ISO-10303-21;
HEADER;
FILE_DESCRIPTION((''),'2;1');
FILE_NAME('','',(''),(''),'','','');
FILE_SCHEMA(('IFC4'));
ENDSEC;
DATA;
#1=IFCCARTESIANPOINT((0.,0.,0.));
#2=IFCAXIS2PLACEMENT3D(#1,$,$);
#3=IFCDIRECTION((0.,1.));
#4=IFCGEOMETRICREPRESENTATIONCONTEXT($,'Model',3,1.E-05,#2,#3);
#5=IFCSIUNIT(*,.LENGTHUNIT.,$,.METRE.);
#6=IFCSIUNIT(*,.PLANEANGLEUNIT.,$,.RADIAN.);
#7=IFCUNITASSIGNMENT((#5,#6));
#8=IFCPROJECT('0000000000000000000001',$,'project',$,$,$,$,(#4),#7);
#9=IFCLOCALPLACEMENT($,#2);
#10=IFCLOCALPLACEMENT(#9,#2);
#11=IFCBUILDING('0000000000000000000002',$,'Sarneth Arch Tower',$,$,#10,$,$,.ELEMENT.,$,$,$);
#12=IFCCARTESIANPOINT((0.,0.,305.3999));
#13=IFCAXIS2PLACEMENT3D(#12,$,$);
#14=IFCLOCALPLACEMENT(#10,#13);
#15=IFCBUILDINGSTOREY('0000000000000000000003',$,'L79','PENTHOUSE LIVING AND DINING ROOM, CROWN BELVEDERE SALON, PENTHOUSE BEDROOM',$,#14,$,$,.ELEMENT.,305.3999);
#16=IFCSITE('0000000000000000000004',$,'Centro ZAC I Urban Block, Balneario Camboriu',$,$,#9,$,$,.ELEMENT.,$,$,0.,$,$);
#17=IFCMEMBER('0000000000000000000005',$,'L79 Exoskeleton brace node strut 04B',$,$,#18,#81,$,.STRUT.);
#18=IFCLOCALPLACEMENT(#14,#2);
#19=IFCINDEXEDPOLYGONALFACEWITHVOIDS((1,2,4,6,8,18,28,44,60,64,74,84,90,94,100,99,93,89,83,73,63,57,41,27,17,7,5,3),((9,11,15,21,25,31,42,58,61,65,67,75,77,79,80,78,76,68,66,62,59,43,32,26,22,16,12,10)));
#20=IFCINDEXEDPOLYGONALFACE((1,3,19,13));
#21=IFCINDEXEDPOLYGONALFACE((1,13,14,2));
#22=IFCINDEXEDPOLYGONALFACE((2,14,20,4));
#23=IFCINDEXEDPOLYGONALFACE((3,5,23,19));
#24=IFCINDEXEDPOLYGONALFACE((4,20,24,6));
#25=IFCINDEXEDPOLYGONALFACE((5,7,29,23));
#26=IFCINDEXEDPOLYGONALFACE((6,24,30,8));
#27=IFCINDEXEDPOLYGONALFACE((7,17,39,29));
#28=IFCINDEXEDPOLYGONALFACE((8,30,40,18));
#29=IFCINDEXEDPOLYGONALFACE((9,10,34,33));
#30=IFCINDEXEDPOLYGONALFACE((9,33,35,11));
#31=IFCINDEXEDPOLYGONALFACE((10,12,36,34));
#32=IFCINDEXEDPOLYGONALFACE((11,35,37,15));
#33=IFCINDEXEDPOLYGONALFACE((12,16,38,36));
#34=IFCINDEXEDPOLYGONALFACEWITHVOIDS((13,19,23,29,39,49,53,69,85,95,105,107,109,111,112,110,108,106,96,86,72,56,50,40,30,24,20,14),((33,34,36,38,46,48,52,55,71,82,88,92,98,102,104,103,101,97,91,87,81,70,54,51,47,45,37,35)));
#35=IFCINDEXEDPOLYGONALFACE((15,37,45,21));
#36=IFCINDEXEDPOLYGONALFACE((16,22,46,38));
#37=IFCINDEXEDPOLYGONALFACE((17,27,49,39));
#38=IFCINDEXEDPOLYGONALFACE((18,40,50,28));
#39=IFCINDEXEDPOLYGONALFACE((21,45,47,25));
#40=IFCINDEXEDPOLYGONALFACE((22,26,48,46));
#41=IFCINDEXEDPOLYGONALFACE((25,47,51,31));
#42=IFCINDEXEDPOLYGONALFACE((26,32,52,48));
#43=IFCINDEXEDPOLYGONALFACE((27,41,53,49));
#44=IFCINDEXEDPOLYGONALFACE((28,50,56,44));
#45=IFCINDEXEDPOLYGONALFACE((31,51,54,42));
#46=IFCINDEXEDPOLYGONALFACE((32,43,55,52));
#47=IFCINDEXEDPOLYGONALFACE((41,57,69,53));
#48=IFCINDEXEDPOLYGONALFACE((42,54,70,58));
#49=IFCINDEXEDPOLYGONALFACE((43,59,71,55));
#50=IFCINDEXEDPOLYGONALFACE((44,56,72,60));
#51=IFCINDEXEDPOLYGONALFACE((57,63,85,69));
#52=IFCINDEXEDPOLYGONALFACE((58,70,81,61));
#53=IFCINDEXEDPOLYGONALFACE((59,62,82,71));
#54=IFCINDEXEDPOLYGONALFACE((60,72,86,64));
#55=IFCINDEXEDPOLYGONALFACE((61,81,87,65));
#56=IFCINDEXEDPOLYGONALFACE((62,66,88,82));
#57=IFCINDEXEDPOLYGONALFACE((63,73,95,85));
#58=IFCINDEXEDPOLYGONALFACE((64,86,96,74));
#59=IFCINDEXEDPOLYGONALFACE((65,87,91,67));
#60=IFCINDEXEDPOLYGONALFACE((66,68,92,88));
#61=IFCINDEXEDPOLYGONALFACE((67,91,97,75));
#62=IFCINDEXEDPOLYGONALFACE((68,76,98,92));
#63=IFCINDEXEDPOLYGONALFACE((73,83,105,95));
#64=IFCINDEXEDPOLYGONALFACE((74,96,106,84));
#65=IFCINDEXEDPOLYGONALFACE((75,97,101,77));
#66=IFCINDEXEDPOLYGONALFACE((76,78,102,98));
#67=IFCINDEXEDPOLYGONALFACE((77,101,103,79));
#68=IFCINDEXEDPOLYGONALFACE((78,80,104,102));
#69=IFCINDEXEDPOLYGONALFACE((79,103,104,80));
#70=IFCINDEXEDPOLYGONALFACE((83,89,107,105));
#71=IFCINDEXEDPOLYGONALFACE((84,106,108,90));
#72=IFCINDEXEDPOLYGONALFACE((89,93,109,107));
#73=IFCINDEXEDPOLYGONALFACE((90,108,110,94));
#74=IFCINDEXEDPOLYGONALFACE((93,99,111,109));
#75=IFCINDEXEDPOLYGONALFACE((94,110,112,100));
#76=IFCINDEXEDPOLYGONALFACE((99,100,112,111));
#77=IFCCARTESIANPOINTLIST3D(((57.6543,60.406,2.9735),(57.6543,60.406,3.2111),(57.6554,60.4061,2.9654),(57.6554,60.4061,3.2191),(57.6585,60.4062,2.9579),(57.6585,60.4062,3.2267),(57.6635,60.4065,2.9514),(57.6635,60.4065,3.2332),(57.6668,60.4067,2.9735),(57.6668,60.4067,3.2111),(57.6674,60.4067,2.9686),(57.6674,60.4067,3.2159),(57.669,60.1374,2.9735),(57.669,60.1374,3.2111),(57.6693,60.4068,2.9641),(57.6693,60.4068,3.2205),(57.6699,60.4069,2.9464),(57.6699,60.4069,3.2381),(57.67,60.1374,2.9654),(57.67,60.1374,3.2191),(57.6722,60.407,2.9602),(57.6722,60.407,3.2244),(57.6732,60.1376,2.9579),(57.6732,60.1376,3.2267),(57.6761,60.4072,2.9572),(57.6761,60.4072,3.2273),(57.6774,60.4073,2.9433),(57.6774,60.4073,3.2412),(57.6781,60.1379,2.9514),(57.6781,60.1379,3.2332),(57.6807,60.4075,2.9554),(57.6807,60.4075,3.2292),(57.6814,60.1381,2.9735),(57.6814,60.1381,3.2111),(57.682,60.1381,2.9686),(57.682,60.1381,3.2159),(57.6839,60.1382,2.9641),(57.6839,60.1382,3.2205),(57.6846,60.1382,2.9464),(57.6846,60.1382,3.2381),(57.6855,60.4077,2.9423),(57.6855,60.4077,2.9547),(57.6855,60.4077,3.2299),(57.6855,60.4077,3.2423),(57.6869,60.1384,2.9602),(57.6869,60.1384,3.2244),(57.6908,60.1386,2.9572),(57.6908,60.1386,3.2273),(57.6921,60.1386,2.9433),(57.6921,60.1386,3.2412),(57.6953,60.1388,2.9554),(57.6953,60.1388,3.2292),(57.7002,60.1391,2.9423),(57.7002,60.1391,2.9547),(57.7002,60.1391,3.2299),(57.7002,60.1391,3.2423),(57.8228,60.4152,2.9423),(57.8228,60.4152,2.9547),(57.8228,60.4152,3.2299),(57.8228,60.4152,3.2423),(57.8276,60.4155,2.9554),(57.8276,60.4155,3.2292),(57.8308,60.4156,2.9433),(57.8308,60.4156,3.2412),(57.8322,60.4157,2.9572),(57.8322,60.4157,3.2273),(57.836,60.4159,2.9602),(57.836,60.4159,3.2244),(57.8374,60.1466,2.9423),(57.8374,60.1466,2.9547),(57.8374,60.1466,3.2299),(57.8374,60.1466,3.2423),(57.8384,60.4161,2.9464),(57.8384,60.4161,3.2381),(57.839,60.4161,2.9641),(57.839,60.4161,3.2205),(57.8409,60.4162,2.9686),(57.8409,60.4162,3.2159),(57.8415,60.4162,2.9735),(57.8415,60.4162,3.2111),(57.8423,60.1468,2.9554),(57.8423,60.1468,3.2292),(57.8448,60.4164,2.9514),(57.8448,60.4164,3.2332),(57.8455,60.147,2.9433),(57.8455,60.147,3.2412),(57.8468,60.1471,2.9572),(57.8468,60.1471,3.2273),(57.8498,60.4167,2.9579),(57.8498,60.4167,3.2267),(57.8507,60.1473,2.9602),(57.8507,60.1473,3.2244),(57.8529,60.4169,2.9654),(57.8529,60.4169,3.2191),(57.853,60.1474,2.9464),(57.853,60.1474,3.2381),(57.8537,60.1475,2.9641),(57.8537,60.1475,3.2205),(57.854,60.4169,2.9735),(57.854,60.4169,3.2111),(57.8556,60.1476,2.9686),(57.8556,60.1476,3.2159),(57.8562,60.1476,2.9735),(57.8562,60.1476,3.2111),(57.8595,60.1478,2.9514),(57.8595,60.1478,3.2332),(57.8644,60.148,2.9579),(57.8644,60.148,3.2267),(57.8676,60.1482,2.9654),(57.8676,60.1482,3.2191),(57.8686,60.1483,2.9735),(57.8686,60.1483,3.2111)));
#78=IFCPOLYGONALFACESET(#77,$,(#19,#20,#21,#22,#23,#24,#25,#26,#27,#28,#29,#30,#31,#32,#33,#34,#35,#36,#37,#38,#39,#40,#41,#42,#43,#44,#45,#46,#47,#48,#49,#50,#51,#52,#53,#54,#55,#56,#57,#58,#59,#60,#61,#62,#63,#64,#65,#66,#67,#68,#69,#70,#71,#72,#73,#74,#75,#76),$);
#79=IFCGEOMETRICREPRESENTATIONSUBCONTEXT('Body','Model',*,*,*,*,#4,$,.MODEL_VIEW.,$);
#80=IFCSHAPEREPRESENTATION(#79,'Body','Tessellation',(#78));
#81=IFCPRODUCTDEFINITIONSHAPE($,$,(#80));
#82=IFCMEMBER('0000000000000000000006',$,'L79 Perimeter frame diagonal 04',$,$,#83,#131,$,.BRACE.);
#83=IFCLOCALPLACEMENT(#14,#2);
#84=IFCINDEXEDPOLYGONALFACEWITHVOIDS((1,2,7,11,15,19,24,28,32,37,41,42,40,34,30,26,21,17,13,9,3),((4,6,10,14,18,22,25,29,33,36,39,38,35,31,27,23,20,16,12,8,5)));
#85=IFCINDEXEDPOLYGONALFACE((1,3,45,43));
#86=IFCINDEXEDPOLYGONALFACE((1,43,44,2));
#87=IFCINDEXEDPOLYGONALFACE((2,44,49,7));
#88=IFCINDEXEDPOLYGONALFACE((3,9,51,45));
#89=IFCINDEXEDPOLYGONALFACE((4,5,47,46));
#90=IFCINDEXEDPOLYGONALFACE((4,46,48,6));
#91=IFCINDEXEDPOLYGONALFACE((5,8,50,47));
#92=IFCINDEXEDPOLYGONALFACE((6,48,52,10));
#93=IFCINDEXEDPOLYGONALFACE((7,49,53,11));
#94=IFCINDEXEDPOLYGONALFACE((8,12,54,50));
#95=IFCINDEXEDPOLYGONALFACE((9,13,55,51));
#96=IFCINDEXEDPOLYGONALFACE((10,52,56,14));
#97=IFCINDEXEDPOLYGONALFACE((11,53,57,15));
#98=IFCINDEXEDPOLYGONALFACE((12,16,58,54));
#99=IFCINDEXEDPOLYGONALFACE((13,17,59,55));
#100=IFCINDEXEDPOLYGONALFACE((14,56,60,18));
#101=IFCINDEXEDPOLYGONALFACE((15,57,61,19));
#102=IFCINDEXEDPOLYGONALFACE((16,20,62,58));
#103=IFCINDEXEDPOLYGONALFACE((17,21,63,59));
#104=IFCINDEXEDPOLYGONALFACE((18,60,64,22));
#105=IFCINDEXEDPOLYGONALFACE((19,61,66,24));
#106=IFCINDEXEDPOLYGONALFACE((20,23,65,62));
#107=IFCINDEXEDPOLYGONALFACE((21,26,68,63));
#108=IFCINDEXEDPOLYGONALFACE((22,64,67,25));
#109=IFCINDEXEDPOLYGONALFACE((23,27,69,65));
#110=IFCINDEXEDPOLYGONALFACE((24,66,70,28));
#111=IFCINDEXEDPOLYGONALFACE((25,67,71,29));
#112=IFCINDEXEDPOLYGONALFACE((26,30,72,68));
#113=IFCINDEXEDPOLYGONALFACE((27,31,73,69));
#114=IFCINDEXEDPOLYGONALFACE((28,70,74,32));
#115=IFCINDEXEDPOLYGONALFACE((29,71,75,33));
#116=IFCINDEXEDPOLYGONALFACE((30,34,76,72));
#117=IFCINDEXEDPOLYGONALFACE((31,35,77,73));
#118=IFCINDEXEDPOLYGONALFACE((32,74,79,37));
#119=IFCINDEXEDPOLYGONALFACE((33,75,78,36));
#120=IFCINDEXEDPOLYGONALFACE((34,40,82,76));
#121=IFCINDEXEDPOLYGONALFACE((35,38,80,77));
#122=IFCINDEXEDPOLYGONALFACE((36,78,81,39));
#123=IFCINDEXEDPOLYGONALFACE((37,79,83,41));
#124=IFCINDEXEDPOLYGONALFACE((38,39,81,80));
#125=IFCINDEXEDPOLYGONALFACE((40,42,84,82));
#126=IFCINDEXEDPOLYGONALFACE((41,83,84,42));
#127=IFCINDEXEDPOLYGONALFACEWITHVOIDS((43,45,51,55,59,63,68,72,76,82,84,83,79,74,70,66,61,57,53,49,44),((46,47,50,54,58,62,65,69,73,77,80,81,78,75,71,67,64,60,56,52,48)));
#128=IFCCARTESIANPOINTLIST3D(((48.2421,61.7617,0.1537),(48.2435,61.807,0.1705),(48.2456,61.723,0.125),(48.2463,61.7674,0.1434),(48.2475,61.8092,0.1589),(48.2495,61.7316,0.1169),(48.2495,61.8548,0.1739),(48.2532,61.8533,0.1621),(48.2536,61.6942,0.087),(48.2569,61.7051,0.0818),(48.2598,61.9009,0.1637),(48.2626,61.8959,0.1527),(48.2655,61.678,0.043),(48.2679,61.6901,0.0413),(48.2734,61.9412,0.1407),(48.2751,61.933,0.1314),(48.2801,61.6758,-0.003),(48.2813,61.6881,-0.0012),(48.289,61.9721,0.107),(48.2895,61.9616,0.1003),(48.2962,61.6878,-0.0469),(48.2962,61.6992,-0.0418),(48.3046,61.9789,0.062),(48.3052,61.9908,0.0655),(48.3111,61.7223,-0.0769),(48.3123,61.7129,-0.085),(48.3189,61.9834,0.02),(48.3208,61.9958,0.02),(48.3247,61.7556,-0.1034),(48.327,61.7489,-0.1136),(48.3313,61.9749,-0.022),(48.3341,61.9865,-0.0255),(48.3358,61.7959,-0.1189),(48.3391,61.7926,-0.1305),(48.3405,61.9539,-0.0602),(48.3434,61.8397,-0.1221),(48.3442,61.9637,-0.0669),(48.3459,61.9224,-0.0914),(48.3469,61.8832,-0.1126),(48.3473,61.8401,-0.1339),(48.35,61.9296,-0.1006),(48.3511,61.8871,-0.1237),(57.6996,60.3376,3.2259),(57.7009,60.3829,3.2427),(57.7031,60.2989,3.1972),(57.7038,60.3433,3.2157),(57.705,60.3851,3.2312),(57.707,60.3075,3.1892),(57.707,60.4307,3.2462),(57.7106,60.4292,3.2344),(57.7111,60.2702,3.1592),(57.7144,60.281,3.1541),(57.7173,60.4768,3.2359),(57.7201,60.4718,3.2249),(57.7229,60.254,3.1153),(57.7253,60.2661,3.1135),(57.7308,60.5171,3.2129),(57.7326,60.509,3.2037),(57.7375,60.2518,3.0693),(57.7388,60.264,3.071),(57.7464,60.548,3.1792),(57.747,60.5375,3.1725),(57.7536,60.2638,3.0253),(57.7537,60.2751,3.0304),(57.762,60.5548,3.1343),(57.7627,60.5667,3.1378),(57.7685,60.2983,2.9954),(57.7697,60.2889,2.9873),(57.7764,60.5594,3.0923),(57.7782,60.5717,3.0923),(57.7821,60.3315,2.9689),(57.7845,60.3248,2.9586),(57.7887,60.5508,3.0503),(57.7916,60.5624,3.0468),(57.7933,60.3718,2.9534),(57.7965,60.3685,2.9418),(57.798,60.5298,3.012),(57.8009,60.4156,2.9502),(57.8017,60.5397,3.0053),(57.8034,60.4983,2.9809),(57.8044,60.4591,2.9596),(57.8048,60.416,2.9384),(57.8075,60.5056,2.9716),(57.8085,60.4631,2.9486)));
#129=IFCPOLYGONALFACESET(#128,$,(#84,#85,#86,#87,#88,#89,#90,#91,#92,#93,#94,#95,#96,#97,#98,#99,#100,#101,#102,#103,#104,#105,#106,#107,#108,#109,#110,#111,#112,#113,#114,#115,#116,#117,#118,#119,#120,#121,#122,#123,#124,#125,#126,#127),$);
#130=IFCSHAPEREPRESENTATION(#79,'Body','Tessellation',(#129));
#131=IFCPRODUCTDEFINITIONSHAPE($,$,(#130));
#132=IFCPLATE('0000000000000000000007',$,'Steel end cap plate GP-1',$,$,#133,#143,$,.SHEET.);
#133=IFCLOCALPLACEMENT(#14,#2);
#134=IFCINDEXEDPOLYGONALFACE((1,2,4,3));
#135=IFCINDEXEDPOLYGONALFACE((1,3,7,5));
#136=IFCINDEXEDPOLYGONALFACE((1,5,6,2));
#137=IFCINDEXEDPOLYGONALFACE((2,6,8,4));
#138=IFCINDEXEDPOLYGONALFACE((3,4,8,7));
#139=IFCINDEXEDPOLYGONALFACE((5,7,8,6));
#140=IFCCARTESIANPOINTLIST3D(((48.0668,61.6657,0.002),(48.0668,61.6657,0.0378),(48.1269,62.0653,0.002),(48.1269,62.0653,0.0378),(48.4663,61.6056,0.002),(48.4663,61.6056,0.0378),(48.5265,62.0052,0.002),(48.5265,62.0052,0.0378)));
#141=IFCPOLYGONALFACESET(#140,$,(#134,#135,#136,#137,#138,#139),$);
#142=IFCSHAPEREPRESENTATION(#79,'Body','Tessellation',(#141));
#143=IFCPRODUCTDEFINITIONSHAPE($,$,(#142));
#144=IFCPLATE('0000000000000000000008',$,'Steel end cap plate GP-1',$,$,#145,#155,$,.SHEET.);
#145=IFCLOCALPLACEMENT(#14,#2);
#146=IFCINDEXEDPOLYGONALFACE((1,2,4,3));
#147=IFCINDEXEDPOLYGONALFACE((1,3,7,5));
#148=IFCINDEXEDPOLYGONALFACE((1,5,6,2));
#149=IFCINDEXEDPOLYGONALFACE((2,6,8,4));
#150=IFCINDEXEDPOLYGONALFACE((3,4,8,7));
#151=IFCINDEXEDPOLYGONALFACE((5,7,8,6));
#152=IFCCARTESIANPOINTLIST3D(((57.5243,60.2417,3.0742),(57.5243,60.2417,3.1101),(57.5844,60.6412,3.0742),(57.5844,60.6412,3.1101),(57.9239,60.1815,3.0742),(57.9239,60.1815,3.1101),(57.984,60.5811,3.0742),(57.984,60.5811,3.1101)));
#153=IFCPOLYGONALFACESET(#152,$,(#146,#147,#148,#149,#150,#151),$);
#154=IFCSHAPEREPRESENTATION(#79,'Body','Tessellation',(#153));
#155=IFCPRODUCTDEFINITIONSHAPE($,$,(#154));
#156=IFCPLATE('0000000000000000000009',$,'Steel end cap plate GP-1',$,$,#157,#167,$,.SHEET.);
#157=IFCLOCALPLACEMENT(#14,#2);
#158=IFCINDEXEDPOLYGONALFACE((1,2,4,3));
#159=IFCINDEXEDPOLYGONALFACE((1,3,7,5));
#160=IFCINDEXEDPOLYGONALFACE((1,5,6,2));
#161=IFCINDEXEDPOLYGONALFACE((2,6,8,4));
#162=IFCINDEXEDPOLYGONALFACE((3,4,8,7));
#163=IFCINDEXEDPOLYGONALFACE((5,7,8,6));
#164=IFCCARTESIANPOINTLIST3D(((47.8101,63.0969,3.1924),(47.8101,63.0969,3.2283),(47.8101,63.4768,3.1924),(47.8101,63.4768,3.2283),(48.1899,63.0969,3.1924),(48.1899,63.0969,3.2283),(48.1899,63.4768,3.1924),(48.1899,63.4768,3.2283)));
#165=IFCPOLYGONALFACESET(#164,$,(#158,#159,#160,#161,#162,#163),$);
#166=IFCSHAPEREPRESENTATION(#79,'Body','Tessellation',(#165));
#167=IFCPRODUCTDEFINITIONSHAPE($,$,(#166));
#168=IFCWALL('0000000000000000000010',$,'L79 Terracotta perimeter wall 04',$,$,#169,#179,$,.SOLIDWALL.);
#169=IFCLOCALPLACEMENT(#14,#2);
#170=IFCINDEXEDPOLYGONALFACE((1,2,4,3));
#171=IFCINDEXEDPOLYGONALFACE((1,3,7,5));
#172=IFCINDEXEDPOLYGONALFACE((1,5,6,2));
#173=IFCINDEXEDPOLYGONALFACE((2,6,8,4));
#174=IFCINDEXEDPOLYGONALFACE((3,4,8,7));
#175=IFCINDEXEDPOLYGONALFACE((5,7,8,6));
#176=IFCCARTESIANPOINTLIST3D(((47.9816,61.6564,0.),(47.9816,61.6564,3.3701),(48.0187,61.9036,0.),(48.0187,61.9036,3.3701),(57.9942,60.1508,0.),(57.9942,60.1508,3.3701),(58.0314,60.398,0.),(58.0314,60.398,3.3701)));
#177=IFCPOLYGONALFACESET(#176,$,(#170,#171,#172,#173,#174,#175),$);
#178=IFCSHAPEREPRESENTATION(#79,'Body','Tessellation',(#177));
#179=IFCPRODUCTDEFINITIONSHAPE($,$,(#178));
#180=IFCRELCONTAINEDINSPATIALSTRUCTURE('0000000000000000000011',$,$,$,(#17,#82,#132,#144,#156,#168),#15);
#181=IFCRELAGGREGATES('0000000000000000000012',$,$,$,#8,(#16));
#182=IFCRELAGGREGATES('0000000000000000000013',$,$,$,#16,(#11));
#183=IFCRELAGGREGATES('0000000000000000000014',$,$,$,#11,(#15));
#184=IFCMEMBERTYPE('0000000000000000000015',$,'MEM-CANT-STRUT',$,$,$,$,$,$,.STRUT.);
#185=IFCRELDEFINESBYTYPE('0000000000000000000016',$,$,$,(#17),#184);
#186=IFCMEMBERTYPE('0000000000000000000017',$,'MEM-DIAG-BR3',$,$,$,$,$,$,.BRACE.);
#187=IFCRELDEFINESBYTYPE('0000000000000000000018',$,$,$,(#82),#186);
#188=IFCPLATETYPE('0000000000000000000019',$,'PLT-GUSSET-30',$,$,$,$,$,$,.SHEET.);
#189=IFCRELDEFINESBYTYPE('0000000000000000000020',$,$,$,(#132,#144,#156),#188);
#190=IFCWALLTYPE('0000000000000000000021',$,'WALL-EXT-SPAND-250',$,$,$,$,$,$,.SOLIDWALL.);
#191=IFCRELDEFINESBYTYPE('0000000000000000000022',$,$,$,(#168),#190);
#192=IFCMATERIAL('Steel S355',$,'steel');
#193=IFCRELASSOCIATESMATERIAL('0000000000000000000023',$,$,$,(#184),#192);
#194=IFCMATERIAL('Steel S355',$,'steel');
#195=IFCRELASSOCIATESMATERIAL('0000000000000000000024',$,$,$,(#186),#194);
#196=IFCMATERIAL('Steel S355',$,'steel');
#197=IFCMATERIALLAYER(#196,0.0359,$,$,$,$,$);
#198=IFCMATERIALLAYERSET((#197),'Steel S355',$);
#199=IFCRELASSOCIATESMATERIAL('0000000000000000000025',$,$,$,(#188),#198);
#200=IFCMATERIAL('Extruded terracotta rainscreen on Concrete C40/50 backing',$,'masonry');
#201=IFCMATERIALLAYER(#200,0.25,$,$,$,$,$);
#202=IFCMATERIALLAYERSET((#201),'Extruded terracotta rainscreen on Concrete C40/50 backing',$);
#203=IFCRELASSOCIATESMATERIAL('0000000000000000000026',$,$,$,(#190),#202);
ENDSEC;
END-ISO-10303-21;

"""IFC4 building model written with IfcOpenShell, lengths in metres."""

from ifc_helpers import new_model, si_unit, direction, frame, frame_2d, origin, origin_2d, place, context, subcontext, project, spatial, rectangle, hollow_rectangle, hollow_circle, extrude, material, layer, layer_set, material_profile, profile_set, type_object, element, save


model = new_model("IFC4")

# Units and contexts
model_context = context("Model", 3, precision=1e-05, world=origin(), true_north=direction((0.0, 1.0)))
body_context = subcontext(model_context, "Body", "Model", "MODEL_VIEW")
ifc_project = project(units=[si_unit("LENGTHUNIT", "METRE"), si_unit("PLANEANGLEUNIT", "RADIAN")], contexts=[model_context])

# Site, building, storey
site_placement = place(None, origin())
site = spatial("IfcSite", under=ifc_project, at=site_placement, Name="Centro ZAC I Urban Block, Balneario Camboriu", CompositionType="ELEMENT", RefElevation=0.0)
building_placement = place(site_placement, origin())
building = spatial("IfcBuilding", under=site, at=building_placement, Name="Sarneth Arch Tower", CompositionType="ELEMENT")
storey_placement = place(building_placement, frame((0.0, 0.0, 305.3999)))
storey = spatial("IfcBuildingStorey", under=building, at=storey_placement, Name="L79", Description="PENTHOUSE LIVING AND DINING ROOM, CROWN BELVEDERE SALON, PENTHOUSE BEDROOM", CompositionType="ELEMENT", Elevation=305.3999)

# Members
ifc_material_1 = material(Name="Steel S355", Category="steel")
ifc_material_profile_1 = material_profile(ifc_material_1, hollow_rectangle(XDim=0.2, YDim=0.3, WallThickness=0.0125, InnerFilletRadius=0.0188, OuterFilletRadius=0.0312, at=origin_2d()), Name="RHS300x200x12.5")
ifc_profile_set_1 = profile_set([ifc_material_profile_1], Name="Steel S355")
member_type_1 = type_object("IfcMemberType", Name="MEM-CANT-STRUT", PredefinedType="STRUT", material=ifc_profile_set_1)
member_1_placement = place(storey_placement, frame((57.7688, 60.1428, 3.0923), z_axis=(-0.054464, 0.998516, 0.0), x_axis=(-0.998516, -0.054464, 0.0)))
element("IfcMember", 1, at=member_1_placement, inside=storey, type_object=member_type_1, Name="L79 Exoskeleton brace node strut 04B", PredefinedType="STRUT", context=body_context, shape_type="SweptSolid", body=[
    extrude(hollow_rectangle(XDim=0.2, YDim=0.3, WallThickness=0.0125, InnerFilletRadius=0.0188, OuterFilletRadius=0.0312, at=origin_2d()), origin(), (0.0, 0.0, 1.0), 0.269),
])
ifc_material_2 = material(Name="Steel S355", Category="steel")
ifc_material_profile_2 = material_profile(ifc_material_2, hollow_circle(Radius=0.1621, WallThickness=0.0125, at=origin_2d()), Name="CHS324x12.5")
ifc_profile_set_2 = profile_set([ifc_material_profile_2], Name="Steel S355")
member_type_2 = type_object("IfcMemberType", Name="MEM-DIAG-BR3", PredefinedType="BRACE", material=ifc_profile_set_2)
member_2_placement = place(storey_placement, frame((48.2966, 61.8354, 0.02), z_axis=(0.941471, -0.141763, 0.305836), x_axis=(0.148897, 0.988853, 0.0)))
element("IfcMember", 2, at=member_2_placement, inside=storey, type_object=member_type_2, Name="L79 Perimeter frame diagonal 04", PredefinedType="BRACE", context=body_context, shape_type="SweptSolid", body=[
    extrude(hollow_circle(Radius=0.1621, WallThickness=0.0125, at=origin_2d()), origin(), (0.0, 0.0, 1.0), 10.0454),
])

# Plates
ifc_material_3 = material(Name="Steel S355", Category="steel")
ifc_layer_1 = layer(ifc_material_3, 0.0359)
ifc_layer_set_1 = layer_set([ifc_layer_1], Name="Steel S355")
plate_type = type_object("IfcPlateType", Name="PLT-GUSSET-30", PredefinedType="SHEET", material=ifc_layer_set_1)
for number, where, z_axis, x_axis, name in (
    (3, (48.2966, 61.8354, 0.002), (0.0, 0.0, 1.0), (-0.988861, 0.148845, 0.0), "Steel end cap plate GP-1"),
    (4, (57.7542, 60.4114, 3.0742), (0.0, 0.0, 1.0), (-0.988861, 0.148845, 0.0), "Steel end cap plate GP-1"),
):
    element("IfcPlate", number, at=place(storey_placement, frame(where, z_axis=z_axis, x_axis=x_axis)), inside=storey, type_object=plate_type, Name=name, PredefinedType="SHEET", context=body_context, shape_type="SweptSolid", body=[
        extrude(rectangle(XDim=0.4041, YDim=0.4041, at=origin_2d()), origin(), (0.0, 0.0, 1.0), 0.0359),
    ])
plate_placement = place(storey_placement, frame((48.0, 63.2869, 3.1924), z_axis=(0.0, 0.0, 1.0), x_axis=(0.0, 1.0, 0.0)))
element("IfcPlate", 5, at=plate_placement, inside=storey, type_object=plate_type, Name="Steel end cap plate GP-1", PredefinedType="SHEET", context=body_context, shape_type="SweptSolid", body=[
    extrude(rectangle(XDim=0.3799, YDim=0.3799, at=origin_2d()), origin(), (0.0, 0.0, 1.0), 0.0359),
])

# Wall
ifc_material_4 = material(Name="Extruded terracotta rainscreen on Concrete C40/50 backing", Category="masonry")
ifc_layer_2 = layer(ifc_material_4, 0.25)
ifc_layer_set_2 = layer_set([ifc_layer_2], Name="Extruded terracotta rainscreen on Concrete C40/50 backing")
wall_type_1 = type_object("IfcWallType", Name="WALL-EXT-SPAND-250", PredefinedType="SOLIDWALL", material=ifc_layer_set_2)
wall_1_placement = place(storey_placement, frame((58.0127, 60.2744, 0.0), z_axis=(0.0, 0.0, 1.0), x_axis=(-0.988883, 0.148699, 0.0)))
element("IfcWall", 6, at=wall_1_placement, inside=storey, type_object=wall_type_1, Name="L79 Terracotta perimeter wall 04", PredefinedType="SOLIDWALL", context=body_context, shape_type="SweptSolid", body=[
    extrude(rectangle(XDim=10.1252, YDim=0.25, at=frame_2d((5.0625, 0.0))), origin(), (0.0, 0.0, 1.0), 3.3701),
])

save(model, "model.ifc")
